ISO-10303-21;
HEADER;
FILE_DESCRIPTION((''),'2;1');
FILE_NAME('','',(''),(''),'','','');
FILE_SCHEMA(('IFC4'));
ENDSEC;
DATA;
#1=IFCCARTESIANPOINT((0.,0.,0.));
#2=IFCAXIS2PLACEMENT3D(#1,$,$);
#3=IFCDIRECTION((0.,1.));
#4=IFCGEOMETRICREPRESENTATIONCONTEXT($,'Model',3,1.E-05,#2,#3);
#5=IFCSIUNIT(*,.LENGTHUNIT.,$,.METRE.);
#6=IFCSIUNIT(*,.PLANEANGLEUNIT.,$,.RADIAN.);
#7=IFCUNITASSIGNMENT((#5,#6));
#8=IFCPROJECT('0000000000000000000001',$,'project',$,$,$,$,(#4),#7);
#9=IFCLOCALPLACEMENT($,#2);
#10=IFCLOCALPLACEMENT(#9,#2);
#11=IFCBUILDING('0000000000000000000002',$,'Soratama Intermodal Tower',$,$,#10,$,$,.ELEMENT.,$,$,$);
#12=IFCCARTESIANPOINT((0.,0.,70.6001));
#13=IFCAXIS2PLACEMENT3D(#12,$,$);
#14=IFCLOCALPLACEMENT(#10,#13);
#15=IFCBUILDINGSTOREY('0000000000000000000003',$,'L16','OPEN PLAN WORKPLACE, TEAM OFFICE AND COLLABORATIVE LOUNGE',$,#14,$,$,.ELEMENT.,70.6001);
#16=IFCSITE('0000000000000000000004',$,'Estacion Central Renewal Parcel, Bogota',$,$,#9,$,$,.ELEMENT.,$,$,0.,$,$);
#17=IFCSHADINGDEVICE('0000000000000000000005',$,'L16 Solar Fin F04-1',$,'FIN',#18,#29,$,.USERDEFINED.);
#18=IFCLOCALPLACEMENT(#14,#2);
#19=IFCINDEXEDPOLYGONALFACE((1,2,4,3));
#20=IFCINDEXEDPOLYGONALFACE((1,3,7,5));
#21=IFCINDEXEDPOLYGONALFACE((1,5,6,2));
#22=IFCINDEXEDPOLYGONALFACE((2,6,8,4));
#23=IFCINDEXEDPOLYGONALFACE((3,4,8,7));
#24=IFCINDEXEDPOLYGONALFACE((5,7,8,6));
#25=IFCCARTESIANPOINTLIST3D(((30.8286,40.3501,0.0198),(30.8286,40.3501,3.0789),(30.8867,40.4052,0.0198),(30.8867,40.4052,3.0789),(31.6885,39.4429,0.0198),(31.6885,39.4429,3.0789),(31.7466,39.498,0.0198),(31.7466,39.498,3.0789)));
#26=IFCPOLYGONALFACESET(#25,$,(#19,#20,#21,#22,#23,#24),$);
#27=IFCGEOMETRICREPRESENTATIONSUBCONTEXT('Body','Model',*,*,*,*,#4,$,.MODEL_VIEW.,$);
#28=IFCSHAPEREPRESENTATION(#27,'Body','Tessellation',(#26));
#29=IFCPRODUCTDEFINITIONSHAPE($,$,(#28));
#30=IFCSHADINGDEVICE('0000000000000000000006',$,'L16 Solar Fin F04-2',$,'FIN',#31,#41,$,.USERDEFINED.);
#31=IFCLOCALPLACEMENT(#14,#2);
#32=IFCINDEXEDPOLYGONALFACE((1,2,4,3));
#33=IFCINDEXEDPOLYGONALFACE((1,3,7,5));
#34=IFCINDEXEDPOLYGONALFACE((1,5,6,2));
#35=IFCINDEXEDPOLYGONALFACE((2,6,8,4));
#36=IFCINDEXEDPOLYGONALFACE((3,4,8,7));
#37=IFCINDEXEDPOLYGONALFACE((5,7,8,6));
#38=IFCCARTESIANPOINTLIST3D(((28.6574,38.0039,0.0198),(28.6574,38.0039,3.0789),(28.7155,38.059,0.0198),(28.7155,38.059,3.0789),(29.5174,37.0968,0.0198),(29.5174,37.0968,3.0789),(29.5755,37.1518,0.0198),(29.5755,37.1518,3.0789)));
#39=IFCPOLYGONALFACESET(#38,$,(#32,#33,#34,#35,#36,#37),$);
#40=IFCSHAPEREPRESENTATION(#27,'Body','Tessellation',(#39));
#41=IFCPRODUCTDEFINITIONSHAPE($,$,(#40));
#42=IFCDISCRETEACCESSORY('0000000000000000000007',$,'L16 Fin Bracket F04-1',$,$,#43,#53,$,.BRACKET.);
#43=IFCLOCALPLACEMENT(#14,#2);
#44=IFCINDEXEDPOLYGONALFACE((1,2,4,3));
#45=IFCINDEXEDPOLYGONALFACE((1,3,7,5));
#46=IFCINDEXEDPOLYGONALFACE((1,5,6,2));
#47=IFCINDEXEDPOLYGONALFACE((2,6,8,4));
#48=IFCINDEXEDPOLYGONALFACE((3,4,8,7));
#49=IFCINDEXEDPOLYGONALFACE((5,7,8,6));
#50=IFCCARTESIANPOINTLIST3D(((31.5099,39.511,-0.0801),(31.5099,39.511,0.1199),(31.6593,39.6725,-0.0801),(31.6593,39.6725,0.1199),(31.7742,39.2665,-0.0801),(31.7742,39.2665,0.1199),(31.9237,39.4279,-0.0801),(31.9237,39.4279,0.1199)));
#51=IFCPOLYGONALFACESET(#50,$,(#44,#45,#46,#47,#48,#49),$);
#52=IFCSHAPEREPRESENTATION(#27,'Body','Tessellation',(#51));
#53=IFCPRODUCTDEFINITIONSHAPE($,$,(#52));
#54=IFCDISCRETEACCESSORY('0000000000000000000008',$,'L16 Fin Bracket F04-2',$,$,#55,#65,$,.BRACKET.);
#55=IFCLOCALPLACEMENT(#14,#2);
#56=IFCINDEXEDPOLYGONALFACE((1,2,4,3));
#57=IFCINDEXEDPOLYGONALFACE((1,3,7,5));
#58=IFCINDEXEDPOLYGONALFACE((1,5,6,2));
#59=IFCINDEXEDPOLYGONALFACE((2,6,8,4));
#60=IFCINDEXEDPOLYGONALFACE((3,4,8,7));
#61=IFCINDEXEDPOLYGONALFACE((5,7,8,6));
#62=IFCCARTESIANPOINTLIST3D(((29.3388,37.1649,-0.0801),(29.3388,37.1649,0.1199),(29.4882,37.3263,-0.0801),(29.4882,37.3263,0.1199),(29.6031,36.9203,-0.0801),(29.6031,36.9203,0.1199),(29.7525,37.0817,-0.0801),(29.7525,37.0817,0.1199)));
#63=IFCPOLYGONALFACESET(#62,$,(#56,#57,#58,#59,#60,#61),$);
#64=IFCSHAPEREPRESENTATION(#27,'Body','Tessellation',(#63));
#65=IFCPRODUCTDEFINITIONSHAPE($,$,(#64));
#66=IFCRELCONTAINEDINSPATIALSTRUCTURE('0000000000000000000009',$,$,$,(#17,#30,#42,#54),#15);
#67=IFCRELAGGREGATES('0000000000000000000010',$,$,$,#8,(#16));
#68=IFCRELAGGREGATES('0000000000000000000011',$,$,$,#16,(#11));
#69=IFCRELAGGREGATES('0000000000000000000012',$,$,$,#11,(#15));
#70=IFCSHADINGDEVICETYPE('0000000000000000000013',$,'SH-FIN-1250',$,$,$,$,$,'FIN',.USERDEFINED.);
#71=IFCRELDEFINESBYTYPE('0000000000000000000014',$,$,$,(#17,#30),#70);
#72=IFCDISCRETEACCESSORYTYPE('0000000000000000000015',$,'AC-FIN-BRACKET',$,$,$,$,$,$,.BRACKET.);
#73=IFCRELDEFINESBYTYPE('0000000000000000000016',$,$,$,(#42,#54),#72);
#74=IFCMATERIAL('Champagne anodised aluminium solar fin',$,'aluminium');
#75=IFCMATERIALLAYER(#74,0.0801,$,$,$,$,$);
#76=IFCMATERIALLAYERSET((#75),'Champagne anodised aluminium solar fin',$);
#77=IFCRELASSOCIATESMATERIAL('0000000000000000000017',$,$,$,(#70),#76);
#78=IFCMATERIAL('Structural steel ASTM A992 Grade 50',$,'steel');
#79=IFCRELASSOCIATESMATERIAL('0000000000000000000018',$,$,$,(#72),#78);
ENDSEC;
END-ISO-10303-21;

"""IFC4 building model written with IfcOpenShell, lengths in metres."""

from ifc_helpers import new_model, si_unit, direction, frame, origin, origin_2d, place, context, subcontext, project, spatial, rectangle, extrude, material, layer, layer_set, type_object, element, save


model = new_model("IFC4")

# Units and contexts
model_context = context("Model", 3, precision=1e-05, world=origin(), true_north=direction((0.0, 1.0)))
body_context = subcontext(model_context, "Body", "Model", "MODEL_VIEW")
ifc_project = project(units=[si_unit("LENGTHUNIT", "METRE"), si_unit("PLANEANGLEUNIT", "RADIAN")], contexts=[model_context])

# Site, building, storey
site_placement = place(None, origin())
site = spatial("IfcSite", under=ifc_project, at=site_placement, Name="Estacion Central Renewal Parcel, Bogota", CompositionType="ELEMENT", RefElevation=0.0)
building_placement = place(site_placement, origin())
building = spatial("IfcBuilding", under=site, at=building_placement, Name="Soratama Intermodal Tower", CompositionType="ELEMENT")
storey_placement = place(building_placement, frame((0.0, 0.0, 70.6001)))
storey = spatial("IfcBuildingStorey", under=building, at=storey_placement, Name="L16", Description="OPEN PLAN WORKPLACE, TEAM OFFICE AND COLLABORATIVE LOUNGE", CompositionType="ELEMENT", Elevation=70.6001)

# Shading devices
ifc_material_1 = material(Name="Champagne anodised aluminium solar fin", Category="aluminium")
ifc_layer_1 = layer(ifc_material_1, 0.0801)
ifc_layer_set_1 = layer_set([ifc_layer_1], Name="Champagne anodised aluminium solar fin")
shading_device_type = type_object("IfcShadingDeviceType", Name="SH-FIN-1250", ElementType="FIN", PredefinedType="USERDEFINED", material=ifc_layer_set_1)
for number, where, z_axis, x_axis, name in (
    (1, (31.2876, 39.9241, 0.0198), (0.0, 0.0, 1.0), (-0.687975, 0.725735, 0.0), "L16 Solar Fin F04-1"),
    (2, (29.1165, 37.5779, 0.0198), (0.0, 0.0, 1.0), (-0.687975, 0.725735, 0.0), "L16 Solar Fin F04-2"),
):
    element("IfcShadingDevice", number, at=place(storey_placement, frame(where, z_axis=z_axis, x_axis=x_axis)), inside=storey, type_object=shading_device_type, Name=name, ObjectType="FIN", PredefinedType="USERDEFINED", context=body_context, shape_type="SweptSolid", body=[
        extrude(rectangle(XDim=1.25, YDim=0.0801, at=origin_2d()), origin(), (0.0, 0.0, 1.0), 3.0591),
    ])

# Discrete accessories
ifc_material_2 = material(Name="Structural steel ASTM A992 Grade 50", Category="steel")
discrete_accessory_type = type_object("IfcDiscreteAccessoryType", Name="AC-FIN-BRACKET", PredefinedType="BRACKET", material=ifc_material_2)
for number, where, z_axis, x_axis, name in (
    (3, (31.7168, 39.4695, -0.0801), (0.0, 0.0, 1.0), (-0.733967, 0.679185, 0.0), "L16 Fin Bracket F04-1"),
    (4, (29.5457, 37.1233, -0.0801), (0.0, 0.0, 1.0), (-0.733967, 0.679185, 0.0), "L16 Fin Bracket F04-2"),
):
    element("IfcDiscreteAccessory", number, at=place(storey_placement, frame(where, z_axis=z_axis, x_axis=x_axis)), inside=storey, type_object=discrete_accessory_type, Name=name, PredefinedType="BRACKET", context=body_context, shape_type="SweptSolid", body=[
        extrude(rectangle(XDim=0.3601, YDim=0.22, at=origin_2d()), origin(), (0.0, 0.0, 1.0), 0.2),
    ])

save(model, "model.ifc")
